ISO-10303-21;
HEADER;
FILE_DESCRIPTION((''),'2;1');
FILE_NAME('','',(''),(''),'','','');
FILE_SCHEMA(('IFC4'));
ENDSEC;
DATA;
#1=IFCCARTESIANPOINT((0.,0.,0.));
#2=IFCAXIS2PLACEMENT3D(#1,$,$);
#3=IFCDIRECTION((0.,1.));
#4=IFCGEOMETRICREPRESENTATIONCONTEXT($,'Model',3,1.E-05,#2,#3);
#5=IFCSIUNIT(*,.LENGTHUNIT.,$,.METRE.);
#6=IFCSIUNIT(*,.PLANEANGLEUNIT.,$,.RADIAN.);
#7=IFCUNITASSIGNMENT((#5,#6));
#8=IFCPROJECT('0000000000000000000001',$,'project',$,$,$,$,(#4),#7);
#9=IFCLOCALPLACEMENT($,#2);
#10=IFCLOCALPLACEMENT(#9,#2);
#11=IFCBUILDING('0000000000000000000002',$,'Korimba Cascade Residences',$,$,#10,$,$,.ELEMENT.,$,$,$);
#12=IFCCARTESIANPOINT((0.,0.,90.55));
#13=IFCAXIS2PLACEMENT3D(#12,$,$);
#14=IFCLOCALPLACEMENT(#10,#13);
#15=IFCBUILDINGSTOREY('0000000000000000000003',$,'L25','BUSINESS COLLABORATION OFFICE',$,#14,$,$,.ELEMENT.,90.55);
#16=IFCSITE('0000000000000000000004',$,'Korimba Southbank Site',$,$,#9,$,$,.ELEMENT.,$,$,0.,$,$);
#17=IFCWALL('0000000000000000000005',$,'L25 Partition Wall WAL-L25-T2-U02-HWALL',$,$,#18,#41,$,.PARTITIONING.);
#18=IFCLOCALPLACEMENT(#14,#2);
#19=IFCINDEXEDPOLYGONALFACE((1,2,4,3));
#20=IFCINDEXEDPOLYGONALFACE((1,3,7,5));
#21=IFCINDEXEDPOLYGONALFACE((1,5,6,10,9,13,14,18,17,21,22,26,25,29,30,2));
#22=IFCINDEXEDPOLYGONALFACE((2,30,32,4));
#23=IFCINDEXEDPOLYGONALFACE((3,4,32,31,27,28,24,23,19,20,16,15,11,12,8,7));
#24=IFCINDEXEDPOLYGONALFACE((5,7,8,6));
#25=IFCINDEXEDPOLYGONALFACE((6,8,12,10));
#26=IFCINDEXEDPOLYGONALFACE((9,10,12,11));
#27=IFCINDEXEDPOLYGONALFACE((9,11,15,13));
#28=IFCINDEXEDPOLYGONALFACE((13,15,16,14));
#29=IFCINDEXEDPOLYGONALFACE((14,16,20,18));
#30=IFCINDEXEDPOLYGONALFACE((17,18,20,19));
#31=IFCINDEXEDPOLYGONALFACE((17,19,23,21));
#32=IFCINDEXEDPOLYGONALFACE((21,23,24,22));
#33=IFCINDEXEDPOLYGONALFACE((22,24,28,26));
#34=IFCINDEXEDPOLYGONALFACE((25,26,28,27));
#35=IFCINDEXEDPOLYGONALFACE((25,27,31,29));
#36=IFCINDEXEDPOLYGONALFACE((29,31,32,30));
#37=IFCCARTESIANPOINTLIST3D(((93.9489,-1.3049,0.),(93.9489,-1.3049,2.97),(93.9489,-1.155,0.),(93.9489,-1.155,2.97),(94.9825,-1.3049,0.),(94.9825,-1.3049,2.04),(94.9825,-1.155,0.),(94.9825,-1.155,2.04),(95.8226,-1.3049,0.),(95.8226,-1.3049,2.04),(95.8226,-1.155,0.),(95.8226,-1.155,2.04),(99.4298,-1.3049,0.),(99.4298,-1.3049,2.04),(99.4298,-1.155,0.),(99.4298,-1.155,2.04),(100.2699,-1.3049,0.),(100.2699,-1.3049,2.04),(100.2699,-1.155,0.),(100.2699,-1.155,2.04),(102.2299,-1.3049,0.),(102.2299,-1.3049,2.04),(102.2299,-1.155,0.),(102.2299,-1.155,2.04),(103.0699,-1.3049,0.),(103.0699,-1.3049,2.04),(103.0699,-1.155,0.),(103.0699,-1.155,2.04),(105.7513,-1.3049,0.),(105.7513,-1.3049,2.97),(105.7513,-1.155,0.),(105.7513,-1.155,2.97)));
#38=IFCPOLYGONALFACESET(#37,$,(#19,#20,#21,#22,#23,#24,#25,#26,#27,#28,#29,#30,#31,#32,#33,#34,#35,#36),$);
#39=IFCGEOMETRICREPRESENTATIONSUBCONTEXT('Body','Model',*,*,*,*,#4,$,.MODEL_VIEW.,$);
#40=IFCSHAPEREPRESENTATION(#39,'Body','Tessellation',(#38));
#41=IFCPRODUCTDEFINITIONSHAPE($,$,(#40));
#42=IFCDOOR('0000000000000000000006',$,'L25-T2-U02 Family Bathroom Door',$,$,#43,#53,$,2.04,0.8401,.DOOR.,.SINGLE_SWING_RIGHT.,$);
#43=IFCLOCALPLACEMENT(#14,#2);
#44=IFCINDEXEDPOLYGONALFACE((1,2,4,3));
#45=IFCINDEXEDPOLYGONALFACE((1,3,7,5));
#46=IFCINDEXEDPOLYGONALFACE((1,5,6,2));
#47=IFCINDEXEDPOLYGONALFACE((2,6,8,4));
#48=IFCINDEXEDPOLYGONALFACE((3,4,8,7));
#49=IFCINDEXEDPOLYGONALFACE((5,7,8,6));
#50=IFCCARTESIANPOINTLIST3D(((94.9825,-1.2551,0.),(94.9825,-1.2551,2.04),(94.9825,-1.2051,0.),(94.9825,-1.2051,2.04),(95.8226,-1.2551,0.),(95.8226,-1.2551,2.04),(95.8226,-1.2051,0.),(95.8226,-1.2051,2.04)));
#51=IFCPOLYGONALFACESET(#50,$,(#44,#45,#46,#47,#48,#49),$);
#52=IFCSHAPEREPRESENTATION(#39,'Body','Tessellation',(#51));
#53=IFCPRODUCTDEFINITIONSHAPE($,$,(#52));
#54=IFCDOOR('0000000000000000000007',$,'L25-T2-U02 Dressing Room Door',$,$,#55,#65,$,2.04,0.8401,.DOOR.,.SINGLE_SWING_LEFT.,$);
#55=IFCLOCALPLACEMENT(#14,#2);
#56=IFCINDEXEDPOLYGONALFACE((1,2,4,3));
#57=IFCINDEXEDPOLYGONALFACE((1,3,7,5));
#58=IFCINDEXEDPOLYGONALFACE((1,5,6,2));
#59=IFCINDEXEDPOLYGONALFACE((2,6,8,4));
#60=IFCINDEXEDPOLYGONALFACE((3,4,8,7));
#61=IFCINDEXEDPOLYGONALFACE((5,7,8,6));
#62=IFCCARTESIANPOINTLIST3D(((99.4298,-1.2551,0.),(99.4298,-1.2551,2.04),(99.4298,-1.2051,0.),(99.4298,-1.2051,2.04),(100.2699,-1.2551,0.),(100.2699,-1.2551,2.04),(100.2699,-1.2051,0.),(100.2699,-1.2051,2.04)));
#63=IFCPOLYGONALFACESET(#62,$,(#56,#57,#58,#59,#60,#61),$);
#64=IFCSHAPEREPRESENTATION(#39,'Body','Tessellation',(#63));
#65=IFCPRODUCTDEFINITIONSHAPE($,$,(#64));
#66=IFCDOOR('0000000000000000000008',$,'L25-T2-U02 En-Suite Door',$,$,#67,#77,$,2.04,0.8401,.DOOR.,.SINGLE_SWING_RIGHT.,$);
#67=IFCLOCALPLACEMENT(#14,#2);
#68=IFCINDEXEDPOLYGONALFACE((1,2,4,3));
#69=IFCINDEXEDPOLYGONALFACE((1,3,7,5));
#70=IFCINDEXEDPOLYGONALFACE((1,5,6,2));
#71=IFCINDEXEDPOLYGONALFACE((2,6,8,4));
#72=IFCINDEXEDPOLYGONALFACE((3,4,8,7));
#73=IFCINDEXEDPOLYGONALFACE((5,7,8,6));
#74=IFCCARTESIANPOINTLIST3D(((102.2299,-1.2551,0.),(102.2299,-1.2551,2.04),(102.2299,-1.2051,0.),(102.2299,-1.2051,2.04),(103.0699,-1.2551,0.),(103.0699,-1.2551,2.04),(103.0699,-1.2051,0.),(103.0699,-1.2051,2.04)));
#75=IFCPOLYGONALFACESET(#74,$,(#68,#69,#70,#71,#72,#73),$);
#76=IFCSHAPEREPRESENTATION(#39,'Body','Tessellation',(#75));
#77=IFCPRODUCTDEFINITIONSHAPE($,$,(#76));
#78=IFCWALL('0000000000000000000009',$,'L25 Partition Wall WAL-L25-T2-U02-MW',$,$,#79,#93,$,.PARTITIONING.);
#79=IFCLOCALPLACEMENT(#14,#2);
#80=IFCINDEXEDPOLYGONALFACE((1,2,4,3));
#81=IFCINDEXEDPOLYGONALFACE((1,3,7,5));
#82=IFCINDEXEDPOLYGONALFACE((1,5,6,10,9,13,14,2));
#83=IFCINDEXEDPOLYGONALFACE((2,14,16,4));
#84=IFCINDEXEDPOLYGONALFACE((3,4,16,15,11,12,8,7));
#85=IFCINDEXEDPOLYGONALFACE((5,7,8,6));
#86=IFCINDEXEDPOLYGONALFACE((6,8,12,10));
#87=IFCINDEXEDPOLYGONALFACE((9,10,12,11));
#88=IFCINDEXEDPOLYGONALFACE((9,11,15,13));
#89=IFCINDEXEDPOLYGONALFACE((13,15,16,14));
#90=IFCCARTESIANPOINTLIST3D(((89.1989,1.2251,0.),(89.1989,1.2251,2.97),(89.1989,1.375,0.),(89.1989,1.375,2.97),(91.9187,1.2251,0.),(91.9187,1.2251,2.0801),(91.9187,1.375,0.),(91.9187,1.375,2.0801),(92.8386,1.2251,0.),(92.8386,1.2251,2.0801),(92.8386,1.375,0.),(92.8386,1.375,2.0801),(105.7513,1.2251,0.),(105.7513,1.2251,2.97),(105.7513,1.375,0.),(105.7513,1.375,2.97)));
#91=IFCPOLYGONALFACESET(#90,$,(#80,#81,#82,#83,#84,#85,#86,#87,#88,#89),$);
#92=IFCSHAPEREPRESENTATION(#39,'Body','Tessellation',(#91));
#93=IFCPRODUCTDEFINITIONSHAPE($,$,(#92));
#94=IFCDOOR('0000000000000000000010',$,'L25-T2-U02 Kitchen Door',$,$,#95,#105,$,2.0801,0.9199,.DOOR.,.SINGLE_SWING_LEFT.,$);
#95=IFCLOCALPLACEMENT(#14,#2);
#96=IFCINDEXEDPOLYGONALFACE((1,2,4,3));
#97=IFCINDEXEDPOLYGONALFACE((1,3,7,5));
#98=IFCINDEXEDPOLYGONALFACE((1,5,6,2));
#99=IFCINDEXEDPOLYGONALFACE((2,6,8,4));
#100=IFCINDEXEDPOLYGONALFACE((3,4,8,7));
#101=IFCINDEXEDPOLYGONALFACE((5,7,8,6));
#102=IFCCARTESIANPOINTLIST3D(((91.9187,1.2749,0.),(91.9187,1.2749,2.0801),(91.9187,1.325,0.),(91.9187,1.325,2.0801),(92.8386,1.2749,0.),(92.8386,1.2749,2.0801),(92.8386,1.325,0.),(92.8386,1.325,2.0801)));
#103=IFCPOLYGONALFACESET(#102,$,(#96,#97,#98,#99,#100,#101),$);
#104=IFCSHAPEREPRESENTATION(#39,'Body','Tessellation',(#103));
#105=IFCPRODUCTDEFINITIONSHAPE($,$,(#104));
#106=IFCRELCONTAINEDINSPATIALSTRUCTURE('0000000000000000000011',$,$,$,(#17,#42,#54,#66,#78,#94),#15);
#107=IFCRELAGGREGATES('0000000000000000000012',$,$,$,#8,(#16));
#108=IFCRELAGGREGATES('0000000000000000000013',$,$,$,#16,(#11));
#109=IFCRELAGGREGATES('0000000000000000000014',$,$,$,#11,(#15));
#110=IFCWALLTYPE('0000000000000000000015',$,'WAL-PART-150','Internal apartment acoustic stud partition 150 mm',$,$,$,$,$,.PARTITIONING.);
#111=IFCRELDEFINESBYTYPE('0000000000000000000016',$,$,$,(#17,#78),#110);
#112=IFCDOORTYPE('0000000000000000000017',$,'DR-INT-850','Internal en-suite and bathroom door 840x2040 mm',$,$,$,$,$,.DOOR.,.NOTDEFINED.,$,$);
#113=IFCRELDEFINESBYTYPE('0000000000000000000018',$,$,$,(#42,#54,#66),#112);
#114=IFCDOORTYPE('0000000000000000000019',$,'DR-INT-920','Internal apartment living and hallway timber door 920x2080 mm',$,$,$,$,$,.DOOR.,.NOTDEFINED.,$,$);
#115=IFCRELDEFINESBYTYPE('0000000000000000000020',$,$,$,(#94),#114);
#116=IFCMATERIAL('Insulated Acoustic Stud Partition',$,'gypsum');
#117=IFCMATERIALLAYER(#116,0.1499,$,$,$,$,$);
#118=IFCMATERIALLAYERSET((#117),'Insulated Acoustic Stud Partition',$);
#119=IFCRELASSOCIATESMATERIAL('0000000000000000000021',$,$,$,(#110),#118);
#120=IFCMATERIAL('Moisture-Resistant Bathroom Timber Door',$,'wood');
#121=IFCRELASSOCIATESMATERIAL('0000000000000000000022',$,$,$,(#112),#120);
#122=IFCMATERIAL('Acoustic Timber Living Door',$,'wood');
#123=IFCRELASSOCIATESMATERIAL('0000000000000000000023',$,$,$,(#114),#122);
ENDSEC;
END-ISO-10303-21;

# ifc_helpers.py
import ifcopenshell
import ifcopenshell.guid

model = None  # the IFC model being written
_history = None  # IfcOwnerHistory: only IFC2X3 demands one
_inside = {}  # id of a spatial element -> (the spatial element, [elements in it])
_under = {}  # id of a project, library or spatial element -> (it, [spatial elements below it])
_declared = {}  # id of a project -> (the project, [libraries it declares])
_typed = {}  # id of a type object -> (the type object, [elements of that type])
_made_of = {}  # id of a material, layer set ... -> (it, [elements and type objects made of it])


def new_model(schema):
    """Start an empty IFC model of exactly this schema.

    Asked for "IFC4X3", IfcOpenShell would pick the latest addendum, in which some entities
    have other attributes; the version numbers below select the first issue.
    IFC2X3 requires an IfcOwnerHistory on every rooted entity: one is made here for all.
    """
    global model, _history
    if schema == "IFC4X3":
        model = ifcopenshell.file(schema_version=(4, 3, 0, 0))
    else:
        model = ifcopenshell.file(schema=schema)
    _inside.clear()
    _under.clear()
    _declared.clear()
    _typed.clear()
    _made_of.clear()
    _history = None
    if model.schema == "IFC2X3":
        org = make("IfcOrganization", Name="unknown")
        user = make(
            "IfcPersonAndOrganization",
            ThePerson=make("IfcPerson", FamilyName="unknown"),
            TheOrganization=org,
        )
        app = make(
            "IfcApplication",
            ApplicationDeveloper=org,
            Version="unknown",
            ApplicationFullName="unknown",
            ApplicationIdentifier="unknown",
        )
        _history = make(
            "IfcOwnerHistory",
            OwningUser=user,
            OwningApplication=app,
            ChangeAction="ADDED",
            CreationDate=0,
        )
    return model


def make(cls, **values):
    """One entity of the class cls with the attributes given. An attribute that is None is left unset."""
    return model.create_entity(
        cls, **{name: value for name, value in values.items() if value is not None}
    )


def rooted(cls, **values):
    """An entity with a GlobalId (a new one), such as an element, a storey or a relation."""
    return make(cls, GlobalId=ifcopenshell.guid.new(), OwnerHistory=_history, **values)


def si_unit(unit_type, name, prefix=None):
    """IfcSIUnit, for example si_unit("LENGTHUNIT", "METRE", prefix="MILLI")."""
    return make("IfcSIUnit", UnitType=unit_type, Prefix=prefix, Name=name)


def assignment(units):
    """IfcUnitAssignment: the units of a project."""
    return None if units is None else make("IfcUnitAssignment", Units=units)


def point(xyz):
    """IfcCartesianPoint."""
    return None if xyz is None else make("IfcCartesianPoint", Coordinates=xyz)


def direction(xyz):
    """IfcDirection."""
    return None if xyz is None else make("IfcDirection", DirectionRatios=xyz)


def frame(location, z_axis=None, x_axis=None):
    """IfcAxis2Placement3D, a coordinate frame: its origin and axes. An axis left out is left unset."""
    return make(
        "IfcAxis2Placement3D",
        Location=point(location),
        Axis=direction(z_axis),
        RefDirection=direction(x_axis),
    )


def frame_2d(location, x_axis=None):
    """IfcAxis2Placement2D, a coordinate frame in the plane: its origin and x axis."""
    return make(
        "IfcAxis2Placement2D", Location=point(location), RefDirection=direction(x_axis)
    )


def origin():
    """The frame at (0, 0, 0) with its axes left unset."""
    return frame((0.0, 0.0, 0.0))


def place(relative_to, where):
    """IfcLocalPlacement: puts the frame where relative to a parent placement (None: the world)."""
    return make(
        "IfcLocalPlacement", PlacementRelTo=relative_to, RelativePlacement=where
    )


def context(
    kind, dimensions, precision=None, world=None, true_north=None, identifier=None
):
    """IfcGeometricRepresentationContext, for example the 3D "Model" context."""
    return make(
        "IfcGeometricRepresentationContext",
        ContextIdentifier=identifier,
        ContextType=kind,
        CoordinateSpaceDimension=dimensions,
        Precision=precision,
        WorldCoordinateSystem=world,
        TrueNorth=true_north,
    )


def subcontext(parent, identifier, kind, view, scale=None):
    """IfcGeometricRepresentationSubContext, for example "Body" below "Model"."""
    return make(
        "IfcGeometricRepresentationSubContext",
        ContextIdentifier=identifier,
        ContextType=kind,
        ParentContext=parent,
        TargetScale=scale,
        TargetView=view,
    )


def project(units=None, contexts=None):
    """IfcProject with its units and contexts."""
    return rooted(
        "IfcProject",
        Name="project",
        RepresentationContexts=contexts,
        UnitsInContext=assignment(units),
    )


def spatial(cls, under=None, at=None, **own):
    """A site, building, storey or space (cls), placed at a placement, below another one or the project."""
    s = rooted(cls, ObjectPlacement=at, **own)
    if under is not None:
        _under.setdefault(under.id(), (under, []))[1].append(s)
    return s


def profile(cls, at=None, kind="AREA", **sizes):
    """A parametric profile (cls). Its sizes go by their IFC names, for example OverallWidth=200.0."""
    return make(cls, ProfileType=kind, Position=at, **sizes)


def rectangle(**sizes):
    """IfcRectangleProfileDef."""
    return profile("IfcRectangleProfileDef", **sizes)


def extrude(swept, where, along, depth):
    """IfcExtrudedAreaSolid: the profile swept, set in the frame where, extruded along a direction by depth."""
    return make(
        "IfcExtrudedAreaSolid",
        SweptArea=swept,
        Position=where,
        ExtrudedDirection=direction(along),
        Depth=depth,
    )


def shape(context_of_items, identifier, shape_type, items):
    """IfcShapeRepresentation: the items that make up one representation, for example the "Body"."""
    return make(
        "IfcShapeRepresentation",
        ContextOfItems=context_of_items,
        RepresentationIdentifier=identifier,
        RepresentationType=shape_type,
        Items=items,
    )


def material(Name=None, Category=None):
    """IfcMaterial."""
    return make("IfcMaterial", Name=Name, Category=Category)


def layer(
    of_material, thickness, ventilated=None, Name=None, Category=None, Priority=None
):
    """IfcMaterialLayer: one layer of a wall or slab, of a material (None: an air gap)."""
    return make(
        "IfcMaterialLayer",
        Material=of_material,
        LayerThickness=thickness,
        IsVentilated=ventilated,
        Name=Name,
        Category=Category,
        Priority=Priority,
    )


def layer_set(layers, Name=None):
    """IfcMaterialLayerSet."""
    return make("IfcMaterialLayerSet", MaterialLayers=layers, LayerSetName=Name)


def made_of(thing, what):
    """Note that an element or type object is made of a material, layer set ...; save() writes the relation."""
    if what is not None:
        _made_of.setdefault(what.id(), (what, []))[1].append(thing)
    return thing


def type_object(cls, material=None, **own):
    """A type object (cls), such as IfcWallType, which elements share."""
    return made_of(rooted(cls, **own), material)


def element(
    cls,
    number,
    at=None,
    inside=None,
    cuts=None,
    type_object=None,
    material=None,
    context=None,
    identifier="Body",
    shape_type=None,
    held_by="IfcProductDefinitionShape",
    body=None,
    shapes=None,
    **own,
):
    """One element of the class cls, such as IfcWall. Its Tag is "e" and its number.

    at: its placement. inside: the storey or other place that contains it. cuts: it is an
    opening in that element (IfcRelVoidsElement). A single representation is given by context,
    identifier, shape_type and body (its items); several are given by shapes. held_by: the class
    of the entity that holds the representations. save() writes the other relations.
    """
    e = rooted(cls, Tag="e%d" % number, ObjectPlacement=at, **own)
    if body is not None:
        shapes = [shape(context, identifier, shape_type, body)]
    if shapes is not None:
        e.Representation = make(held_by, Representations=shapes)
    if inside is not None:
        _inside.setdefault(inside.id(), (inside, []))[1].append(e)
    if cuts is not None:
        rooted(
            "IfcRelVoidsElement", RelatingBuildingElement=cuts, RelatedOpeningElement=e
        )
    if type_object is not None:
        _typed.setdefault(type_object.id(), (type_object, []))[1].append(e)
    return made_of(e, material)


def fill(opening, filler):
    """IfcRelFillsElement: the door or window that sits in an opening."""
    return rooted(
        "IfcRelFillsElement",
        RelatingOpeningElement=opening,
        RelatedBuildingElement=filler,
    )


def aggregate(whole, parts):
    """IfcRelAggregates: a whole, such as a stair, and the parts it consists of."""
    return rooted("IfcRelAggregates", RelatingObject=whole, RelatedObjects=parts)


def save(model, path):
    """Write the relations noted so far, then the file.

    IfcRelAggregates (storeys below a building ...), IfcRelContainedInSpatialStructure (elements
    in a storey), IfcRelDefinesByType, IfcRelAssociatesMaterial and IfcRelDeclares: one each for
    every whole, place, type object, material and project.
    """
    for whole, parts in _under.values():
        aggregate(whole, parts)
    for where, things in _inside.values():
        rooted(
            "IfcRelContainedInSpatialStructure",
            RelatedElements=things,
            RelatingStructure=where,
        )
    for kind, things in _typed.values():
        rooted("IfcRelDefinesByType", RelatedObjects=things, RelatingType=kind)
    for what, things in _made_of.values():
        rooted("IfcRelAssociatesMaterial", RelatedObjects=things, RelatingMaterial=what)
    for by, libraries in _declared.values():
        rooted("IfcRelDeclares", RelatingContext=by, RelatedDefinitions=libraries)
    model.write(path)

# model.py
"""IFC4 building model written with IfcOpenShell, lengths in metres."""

from ifc_helpers import new_model, si_unit, direction, frame, frame_2d, origin, place, context, subcontext, project, spatial, rectangle, extrude, material, layer, layer_set, type_object, element, fill, save


model = new_model("IFC4")

# Units and contexts
model_context = context("Model", 3, precision=1e-05, world=origin(), true_north=direction((0.0, 1.0)))
body_context = subcontext(model_context, "Body", "Model", "MODEL_VIEW")
ifc_project = project(units=[si_unit("LENGTHUNIT", "METRE"), si_unit("PLANEANGLEUNIT", "RADIAN")], contexts=[model_context])

# Site, building, storey
site_placement = place(None, origin())
site = spatial("IfcSite", under=ifc_project, at=site_placement, Name="Korimba Southbank Site", CompositionType="ELEMENT", RefElevation=0.0)
building_placement = place(site_placement, origin())
building = spatial("IfcBuilding", under=site, at=building_placement, Name="Korimba Cascade Residences", CompositionType="ELEMENT")
storey_placement = place(building_placement, frame((0.0, 0.0, 90.55)))
storey = spatial("IfcBuildingStorey", under=building, at=storey_placement, Name="L25", Description="BUSINESS COLLABORATION OFFICE", CompositionType="ELEMENT", Elevation=90.55)

# Shared definitions
ifc_material_1 = material(Name="Insulated Acoustic Stud Partition", Category="gypsum")
ifc_layer_1 = layer(ifc_material_1, 0.1499)
ifc_layer_set_1 = layer_set([ifc_layer_1], Name="Insulated Acoustic Stud Partition")
wall_type_1 = type_object("IfcWallType", Name="WAL-PART-150", Description="Internal apartment acoustic stud partition 150 mm", PredefinedType="PARTITIONING", material=ifc_layer_set_1)

# Shared definitions
ifc_material_2 = material(Name="Moisture-Resistant Bathroom Timber Door", Category="wood")
door_type_1 = type_object("IfcDoorType", Name="DR-INT-850", Description="Internal en-suite and bathroom door 840x2040 mm", OperationType="NOTDEFINED", PredefinedType="DOOR", material=ifc_material_2)

# Wall, openings, doors
wall_1_placement = place(storey_placement, frame((93.9487, -1.23, 0.0), z_axis=(0.0, 0.0, 1.0), x_axis=(1.0, 0.0, 0.0)))
wall_1 = element("IfcWall", 1, at=wall_1_placement, inside=storey, type_object=wall_type_1, Name="L25 Partition Wall WAL-L25-T2-U02-HWALL", PredefinedType="PARTITIONING", context=body_context, shape_type="SweptSolid", body=[
    extrude(rectangle(XDim=11.8025, YDim=0.1499, at=frame_2d((5.9014, 0.0))), origin(), (0.0, 0.0, 1.0), 2.97),
])
opening_1_placement = place(wall_1_placement, frame((1.0339, 0.0, 0.0)))
opening_1 = element("IfcOpeningElement", 2, at=opening_1_placement, cuts=wall_1, PredefinedType="OPENING", context=body_context, shape_type="SweptSolid", body=[
    extrude(rectangle(XDim=0.8401, YDim=2.04, at=frame_2d((0.4199, 1.02))), frame((0.0, 0.085, 0.0), z_axis=(0.0, -1.0, 0.0), x_axis=(1.0, 0.0, 0.0)), (0.0, 0.0, 1.0), 0.1699),
])
opening_2_placement = place(wall_1_placement, frame((5.4812, 0.0, 0.0)))
opening_2 = element("IfcOpeningElement", 3, at=opening_2_placement, cuts=wall_1, PredefinedType="OPENING", context=body_context, shape_type="SweptSolid", body=[
    extrude(rectangle(XDim=0.8401, YDim=2.04, at=frame_2d((0.4199, 1.02))), frame((0.0, 0.085, 0.0), z_axis=(0.0, -1.0, 0.0), x_axis=(1.0, 0.0, 0.0)), (0.0, 0.0, 1.0), 0.1699),
])
opening_3_placement = place(wall_1_placement, frame((8.2812, 0.0, 0.0)))
opening_3 = element("IfcOpeningElement", 4, at=opening_3_placement, cuts=wall_1, PredefinedType="OPENING", context=body_context, shape_type="SweptSolid", body=[
    extrude(rectangle(XDim=0.8401, YDim=2.04, at=frame_2d((0.4199, 1.02))), frame((0.0, 0.085, 0.0), z_axis=(0.0, -1.0, 0.0), x_axis=(1.0, 0.0, 0.0)), (0.0, 0.0, 1.0), 0.1699),
])
door_1_placement = place(opening_1_placement, origin())
door_1 = element("IfcDoor", 5, at=door_1_placement, inside=storey, type_object=door_type_1, Name="L25-T2-U02 Family Bathroom Door", OperationType="SINGLE_SWING_RIGHT", OverallHeight=2.04, OverallWidth=0.8401, PredefinedType="DOOR", context=body_context, shape_type="SweptSolid", body=[
    extrude(rectangle(XDim=0.8401, YDim=2.04, at=frame_2d((0.4199, 1.02))), frame((0.0, 0.0249, 0.0), z_axis=(0.0, -1.0, 0.0), x_axis=(1.0, 0.0, 0.0)), (0.0, 0.0, 1.0), 0.05),
])
fill(opening_1, door_1)
door_2_placement = place(opening_2_placement, origin())
door_2 = element("IfcDoor", 6, at=door_2_placement, inside=storey, type_object=door_type_1, Name="L25-T2-U02 Dressing Room Door", OperationType="SINGLE_SWING_LEFT", OverallHeight=2.04, OverallWidth=0.8401, PredefinedType="DOOR", context=body_context, shape_type="SweptSolid", body=[
    extrude(rectangle(XDim=0.8401, YDim=2.04, at=frame_2d((0.4199, 1.02))), frame((0.0, 0.0249, 0.0), z_axis=(0.0, -1.0, 0.0), x_axis=(1.0, 0.0, 0.0)), (0.0, 0.0, 1.0), 0.05),
])
fill(opening_2, door_2)
door_3_placement = place(opening_3_placement, origin())
door_3 = element("IfcDoor", 7, at=door_3_placement, inside=storey, type_object=door_type_1, Name="L25-T2-U02 En-Suite Door", OperationType="SINGLE_SWING_RIGHT", OverallHeight=2.04, OverallWidth=0.8401, PredefinedType="DOOR", context=body_context, shape_type="SweptSolid", body=[
    extrude(rectangle(XDim=0.8401, YDim=2.04, at=frame_2d((0.4199, 1.02))), frame((0.0, 0.0249, 0.0), z_axis=(0.0, -1.0, 0.0), x_axis=(1.0, 0.0, 0.0)), (0.0, 0.0, 1.0), 0.05),
])
fill(opening_3, door_3)

# Wall, opening, door
wall_2_placement = place(storey_placement, frame((89.1987, 1.3, 0.0), z_axis=(0.0, 0.0, 1.0), x_axis=(1.0, 0.0, 0.0)))
wall_2 = element("IfcWall", 8, at=wall_2_placement, inside=storey, type_object=wall_type_1, Name="L25 Partition Wall WAL-L25-T2-U02-MW", PredefinedType="PARTITIONING", context=body_context, shape_type="SweptSolid", body=[
    extrude(rectangle(XDim=16.5525, YDim=0.1499, at=frame_2d((8.2764, 0.0))), origin(), (0.0, 0.0, 1.0), 2.97),
])
opening_4_placement = place(wall_2_placement, frame((2.72, 0.0, 0.0)))
opening_4 = element("IfcOpeningElement", 9, at=opening_4_placement, cuts=wall_2, PredefinedType="OPENING", context=body_context, shape_type="SweptSolid", body=[
    extrude(rectangle(XDim=0.9199, YDim=2.0801, at=frame_2d((0.46, 1.04))), frame((0.0, 0.085, 0.0), z_axis=(0.0, -1.0, 0.0), x_axis=(1.0, 0.0, 0.0)), (0.0, 0.0, 1.0), 0.1699),
])
ifc_material_3 = material(Name="Acoustic Timber Living Door", Category="wood")
door_type_2 = type_object("IfcDoorType", Name="DR-INT-920", Description="Internal apartment living and hallway timber door 920x2080 mm", OperationType="NOTDEFINED", PredefinedType="DOOR", material=ifc_material_3)
door_4_placement = place(opening_4_placement, origin())
door_4 = element("IfcDoor", 10, at=door_4_placement, inside=storey, type_object=door_type_2, Name="L25-T2-U02 Kitchen Door", OperationType="SINGLE_SWING_LEFT", OverallHeight=2.0801, OverallWidth=0.9199, PredefinedType="DOOR", context=body_context, shape_type="SweptSolid", body=[
    extrude(rectangle(XDim=0.9199, YDim=2.0801, at=frame_2d((0.46, 1.04))), frame((0.0, 0.0249, 0.0), z_axis=(0.0, -1.0, 0.0), x_axis=(1.0, 0.0, 0.0)), (0.0, 0.0, 1.0), 0.05),
])
fill(opening_4, door_4)

save(model, "model.ifc")
